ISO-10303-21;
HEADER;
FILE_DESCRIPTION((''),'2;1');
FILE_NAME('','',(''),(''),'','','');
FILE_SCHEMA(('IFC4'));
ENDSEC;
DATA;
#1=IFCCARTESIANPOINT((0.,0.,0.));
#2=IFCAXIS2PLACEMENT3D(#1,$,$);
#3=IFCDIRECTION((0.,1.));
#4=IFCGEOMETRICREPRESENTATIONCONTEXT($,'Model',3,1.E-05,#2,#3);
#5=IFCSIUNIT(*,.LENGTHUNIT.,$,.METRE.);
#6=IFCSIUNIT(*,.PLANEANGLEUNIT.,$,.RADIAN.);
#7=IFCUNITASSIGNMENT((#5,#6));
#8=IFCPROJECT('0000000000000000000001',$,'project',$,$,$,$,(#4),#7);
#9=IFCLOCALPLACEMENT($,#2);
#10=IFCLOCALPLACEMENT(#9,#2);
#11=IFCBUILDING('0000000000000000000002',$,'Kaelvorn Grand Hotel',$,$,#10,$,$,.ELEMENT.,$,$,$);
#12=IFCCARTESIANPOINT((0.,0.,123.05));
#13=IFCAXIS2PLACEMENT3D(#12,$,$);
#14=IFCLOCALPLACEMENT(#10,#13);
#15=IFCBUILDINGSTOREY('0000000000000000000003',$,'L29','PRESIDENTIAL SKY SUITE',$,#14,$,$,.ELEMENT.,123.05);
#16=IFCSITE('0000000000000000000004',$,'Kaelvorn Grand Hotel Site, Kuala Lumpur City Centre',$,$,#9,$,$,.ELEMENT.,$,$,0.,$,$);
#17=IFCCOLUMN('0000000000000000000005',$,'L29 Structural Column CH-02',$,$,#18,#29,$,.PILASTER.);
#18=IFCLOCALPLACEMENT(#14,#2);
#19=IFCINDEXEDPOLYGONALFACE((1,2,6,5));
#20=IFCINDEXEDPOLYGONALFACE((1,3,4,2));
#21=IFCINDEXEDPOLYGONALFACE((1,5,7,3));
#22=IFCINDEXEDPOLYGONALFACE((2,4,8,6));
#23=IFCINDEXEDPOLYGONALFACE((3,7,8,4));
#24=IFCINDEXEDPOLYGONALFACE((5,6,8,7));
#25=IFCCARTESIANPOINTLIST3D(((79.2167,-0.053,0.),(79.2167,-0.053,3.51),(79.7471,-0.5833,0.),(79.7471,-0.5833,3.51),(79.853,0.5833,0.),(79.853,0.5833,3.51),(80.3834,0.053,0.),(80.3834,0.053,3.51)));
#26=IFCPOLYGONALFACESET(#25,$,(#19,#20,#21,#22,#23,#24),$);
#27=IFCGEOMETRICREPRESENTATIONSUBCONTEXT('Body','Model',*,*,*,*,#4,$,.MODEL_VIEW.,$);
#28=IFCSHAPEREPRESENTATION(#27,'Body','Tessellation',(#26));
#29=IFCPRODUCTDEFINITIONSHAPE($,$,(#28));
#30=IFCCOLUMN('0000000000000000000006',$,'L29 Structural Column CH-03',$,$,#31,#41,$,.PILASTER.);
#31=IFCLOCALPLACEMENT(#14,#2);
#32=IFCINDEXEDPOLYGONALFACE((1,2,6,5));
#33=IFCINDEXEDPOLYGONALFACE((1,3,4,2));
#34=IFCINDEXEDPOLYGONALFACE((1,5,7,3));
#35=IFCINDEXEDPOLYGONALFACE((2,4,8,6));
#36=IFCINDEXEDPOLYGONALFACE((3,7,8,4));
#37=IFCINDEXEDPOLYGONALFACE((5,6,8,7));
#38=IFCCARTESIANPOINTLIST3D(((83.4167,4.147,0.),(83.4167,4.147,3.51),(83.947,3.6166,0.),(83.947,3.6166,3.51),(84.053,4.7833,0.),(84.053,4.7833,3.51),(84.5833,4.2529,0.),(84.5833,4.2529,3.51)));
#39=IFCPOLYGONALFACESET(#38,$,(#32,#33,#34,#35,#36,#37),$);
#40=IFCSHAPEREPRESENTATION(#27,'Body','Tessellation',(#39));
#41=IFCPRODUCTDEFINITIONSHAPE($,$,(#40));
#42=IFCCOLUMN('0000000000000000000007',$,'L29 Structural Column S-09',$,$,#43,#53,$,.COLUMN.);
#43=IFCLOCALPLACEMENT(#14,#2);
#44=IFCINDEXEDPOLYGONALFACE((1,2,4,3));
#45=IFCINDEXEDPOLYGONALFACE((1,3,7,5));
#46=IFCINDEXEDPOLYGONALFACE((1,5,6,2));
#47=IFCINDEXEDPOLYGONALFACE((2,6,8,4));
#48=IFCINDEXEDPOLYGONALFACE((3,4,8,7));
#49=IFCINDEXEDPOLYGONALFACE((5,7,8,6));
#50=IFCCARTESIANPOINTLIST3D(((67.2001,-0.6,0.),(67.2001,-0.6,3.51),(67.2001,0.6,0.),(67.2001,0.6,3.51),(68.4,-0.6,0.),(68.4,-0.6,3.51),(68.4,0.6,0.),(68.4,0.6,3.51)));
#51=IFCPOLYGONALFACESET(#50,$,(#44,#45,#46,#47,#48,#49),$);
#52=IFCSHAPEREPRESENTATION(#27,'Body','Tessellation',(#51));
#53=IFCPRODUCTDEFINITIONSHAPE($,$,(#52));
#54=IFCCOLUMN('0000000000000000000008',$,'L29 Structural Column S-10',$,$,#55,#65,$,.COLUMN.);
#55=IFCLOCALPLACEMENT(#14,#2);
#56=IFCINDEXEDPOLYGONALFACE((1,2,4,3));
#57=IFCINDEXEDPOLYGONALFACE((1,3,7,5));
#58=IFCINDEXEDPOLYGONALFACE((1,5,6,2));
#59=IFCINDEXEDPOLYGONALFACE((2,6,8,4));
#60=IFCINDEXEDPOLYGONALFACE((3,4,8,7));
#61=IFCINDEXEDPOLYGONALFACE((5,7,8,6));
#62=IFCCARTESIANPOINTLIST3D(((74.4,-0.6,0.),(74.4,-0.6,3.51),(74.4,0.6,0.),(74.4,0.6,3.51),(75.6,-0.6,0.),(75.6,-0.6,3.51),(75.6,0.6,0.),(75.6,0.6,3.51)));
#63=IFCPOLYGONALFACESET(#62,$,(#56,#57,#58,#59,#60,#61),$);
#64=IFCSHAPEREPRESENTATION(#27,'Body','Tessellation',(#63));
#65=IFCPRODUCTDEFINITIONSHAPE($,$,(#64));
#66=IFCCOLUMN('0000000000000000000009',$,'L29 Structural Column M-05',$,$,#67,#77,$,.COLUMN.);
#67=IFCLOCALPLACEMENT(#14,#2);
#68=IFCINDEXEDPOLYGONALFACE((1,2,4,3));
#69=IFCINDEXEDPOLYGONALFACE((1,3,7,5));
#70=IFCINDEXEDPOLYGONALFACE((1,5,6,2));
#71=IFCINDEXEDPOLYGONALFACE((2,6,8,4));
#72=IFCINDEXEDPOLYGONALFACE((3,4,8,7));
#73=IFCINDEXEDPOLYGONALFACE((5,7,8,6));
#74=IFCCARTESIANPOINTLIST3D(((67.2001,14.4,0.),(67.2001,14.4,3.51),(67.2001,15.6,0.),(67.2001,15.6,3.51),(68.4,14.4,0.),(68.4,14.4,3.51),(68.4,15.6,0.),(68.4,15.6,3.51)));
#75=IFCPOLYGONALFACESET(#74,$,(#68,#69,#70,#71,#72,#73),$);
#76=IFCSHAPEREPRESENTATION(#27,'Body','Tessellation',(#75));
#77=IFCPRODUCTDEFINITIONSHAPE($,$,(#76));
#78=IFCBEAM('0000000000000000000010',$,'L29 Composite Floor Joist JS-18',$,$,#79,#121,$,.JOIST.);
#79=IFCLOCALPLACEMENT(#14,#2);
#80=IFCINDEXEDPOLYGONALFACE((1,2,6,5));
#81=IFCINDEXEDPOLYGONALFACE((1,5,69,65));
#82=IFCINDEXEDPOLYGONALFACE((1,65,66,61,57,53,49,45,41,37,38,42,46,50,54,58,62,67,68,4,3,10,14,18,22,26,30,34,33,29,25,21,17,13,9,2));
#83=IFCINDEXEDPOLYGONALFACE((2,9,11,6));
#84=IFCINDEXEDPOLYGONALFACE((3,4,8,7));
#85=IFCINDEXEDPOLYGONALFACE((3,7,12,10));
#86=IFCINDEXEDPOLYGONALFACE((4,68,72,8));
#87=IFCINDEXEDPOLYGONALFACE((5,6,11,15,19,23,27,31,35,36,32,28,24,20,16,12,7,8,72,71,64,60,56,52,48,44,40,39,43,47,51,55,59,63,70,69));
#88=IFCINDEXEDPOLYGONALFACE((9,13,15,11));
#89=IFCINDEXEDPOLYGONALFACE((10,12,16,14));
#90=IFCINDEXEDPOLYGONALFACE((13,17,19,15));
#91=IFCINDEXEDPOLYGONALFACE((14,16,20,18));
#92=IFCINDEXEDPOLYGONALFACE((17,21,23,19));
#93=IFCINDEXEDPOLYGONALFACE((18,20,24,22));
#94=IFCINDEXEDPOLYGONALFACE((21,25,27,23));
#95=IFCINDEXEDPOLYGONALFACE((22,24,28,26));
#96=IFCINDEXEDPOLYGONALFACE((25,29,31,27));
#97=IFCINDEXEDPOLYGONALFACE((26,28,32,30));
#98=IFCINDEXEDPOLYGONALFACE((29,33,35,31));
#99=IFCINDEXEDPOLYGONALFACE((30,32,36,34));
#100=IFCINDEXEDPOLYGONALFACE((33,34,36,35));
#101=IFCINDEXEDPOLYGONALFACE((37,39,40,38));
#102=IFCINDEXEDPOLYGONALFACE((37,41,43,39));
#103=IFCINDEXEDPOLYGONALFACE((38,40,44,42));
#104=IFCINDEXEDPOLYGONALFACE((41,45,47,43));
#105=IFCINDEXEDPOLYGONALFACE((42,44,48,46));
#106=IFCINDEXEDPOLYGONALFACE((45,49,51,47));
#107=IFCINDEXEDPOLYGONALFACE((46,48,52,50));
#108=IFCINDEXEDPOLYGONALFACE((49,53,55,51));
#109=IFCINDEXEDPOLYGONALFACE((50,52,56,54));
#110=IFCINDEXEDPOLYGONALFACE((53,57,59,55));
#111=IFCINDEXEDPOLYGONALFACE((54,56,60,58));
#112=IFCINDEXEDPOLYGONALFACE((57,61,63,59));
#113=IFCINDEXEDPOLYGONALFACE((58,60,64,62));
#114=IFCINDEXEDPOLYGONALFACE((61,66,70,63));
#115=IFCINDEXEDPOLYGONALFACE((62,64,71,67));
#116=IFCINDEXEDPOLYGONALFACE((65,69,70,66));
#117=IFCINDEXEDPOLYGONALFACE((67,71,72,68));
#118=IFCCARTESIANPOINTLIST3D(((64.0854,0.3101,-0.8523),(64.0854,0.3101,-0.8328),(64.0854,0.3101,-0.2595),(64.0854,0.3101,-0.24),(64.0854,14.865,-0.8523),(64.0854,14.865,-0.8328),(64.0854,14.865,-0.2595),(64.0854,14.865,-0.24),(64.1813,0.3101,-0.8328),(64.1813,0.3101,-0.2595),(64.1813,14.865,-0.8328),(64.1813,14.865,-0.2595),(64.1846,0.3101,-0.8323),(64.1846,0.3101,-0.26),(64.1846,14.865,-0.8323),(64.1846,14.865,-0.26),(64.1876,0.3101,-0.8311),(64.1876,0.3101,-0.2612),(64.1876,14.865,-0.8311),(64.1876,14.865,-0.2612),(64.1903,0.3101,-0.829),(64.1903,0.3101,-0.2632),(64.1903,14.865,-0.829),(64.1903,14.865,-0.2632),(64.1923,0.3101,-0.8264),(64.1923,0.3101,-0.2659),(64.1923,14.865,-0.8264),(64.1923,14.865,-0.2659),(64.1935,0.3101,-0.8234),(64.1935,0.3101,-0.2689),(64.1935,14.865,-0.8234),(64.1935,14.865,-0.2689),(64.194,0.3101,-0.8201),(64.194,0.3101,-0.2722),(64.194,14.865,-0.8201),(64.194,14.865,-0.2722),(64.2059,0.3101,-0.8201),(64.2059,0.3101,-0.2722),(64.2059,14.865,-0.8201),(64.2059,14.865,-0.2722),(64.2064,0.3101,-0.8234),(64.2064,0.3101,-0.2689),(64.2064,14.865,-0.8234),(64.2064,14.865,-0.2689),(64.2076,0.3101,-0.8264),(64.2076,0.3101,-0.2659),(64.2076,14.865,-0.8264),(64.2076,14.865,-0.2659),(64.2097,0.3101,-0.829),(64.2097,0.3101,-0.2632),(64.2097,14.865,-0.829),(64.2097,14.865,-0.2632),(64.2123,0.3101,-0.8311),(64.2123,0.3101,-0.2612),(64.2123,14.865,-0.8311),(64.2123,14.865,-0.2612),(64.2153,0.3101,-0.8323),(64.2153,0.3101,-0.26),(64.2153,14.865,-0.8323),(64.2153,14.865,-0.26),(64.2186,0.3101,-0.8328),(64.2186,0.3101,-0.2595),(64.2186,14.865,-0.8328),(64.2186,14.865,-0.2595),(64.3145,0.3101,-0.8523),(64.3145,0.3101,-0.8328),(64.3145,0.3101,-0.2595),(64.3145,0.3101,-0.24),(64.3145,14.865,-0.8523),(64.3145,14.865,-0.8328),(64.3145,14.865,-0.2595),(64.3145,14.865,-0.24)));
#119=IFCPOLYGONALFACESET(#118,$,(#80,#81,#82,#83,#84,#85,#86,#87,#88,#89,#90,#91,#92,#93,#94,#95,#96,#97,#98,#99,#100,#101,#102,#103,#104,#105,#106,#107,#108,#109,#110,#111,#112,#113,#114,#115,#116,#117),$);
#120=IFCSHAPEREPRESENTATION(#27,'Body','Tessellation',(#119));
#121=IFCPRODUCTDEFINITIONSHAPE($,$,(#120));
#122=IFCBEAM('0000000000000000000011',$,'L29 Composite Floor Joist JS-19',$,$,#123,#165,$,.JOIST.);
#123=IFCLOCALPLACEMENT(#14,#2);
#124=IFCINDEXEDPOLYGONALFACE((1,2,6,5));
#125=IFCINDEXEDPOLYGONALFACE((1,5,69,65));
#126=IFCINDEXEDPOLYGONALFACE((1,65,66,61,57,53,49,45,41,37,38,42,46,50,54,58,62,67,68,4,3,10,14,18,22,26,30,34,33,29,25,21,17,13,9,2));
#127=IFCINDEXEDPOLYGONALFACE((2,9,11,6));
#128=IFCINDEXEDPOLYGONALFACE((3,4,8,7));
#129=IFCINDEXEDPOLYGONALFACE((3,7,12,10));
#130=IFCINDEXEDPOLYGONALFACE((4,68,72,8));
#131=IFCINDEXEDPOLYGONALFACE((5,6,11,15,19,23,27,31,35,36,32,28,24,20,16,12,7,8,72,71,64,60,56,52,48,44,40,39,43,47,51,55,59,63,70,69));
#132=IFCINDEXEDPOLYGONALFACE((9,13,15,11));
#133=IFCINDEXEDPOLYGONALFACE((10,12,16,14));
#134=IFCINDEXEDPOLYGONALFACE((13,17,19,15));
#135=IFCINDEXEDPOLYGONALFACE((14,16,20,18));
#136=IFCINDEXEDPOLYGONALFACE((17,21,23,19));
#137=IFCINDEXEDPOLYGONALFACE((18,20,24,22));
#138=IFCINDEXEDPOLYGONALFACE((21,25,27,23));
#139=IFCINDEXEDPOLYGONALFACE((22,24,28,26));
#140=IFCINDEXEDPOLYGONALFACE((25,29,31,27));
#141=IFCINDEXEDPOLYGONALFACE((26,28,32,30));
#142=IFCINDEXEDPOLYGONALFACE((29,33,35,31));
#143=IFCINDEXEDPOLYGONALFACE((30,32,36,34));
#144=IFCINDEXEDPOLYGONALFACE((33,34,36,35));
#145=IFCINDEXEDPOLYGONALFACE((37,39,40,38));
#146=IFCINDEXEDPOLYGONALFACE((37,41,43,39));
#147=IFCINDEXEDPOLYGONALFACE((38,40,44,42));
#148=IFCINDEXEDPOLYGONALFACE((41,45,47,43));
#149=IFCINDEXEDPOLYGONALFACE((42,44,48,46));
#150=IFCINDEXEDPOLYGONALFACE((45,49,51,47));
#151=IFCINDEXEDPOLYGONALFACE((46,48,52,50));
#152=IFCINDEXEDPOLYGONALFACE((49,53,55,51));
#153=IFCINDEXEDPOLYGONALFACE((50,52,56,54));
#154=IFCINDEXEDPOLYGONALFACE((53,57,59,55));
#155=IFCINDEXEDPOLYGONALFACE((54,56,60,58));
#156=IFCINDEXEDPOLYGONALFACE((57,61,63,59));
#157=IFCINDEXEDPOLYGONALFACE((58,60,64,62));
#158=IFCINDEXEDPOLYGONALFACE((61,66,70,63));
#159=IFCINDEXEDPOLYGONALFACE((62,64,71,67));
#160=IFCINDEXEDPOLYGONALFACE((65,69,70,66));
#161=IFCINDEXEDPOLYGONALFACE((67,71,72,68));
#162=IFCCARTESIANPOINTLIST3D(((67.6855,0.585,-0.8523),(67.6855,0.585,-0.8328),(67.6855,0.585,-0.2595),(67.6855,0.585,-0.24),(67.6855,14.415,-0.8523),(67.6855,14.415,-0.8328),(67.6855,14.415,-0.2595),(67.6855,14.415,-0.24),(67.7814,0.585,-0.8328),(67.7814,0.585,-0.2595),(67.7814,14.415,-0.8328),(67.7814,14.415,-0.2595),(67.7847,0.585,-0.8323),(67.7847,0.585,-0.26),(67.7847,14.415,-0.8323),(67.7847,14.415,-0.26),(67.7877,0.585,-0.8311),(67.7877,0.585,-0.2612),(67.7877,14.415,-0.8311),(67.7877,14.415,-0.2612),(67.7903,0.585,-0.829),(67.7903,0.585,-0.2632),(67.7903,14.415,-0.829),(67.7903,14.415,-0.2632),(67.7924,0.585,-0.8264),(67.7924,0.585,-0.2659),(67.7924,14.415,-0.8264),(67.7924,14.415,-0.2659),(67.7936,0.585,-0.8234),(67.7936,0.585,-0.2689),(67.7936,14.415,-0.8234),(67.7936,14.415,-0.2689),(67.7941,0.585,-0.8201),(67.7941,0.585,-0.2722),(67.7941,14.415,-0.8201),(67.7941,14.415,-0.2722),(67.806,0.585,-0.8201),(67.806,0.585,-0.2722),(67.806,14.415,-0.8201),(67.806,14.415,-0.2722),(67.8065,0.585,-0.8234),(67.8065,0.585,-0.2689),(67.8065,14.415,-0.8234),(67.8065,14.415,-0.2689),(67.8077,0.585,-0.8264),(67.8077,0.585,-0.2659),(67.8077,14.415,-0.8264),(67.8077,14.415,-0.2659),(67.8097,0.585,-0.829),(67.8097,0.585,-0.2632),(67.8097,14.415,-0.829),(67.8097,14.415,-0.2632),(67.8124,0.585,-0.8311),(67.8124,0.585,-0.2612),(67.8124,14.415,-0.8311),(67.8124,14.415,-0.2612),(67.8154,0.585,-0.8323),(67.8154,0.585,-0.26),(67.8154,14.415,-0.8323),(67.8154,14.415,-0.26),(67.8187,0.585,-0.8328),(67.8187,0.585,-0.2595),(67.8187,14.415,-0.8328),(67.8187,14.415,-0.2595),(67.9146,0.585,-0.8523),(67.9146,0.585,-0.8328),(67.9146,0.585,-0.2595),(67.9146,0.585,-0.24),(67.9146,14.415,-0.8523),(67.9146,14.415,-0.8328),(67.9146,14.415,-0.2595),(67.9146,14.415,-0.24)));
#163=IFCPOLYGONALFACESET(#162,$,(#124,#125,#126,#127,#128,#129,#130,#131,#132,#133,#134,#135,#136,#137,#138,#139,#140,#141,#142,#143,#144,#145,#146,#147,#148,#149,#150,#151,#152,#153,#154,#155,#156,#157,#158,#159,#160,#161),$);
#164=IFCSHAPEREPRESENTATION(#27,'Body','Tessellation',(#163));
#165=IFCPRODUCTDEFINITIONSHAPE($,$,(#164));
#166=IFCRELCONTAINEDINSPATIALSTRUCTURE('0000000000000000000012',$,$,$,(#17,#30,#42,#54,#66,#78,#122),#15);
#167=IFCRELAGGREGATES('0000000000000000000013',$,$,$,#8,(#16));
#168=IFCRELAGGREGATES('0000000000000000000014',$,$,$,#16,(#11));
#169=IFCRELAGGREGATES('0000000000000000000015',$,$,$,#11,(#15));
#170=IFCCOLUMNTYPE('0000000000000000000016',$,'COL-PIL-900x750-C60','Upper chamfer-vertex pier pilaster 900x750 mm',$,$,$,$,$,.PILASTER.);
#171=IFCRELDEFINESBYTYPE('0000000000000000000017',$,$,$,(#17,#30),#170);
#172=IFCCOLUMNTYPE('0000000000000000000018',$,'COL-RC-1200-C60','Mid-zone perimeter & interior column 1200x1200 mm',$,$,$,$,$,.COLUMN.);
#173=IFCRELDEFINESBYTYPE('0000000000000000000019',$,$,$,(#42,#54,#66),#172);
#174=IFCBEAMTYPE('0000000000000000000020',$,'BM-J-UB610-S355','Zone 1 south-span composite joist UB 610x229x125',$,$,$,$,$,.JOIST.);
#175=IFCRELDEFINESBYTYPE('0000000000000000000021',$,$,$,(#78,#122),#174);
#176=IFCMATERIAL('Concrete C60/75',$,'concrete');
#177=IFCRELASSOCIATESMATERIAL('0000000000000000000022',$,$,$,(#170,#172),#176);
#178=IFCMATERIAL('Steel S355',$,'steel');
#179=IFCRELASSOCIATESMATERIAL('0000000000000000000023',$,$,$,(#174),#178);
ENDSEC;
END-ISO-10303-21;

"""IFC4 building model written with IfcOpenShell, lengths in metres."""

from ifc_helpers import new_model, si_unit, direction, frame, origin, origin_2d, place, context, subcontext, project, spatial, rectangle, i_section, extrude, material, material_profile, profile_set, type_object, element, save


model = new_model("IFC4")

# Units and contexts
model_context = context("Model", 3, precision=1e-05, world=origin(), true_north=direction((0.0, 1.0)))
body_context = subcontext(model_context, "Body", "Model", "MODEL_VIEW")
ifc_project = project(units=[si_unit("LENGTHUNIT", "METRE"), si_unit("PLANEANGLEUNIT", "RADIAN")], contexts=[model_context])

# Site, building, storey
site_placement = place(None, origin())
site = spatial("IfcSite", under=ifc_project, at=site_placement, Name="Kaelvorn Grand Hotel Site, Kuala Lumpur City Centre", CompositionType="ELEMENT", RefElevation=0.0)
building_placement = place(site_placement, origin())
building = spatial("IfcBuilding", under=site, at=building_placement, Name="Kaelvorn Grand Hotel", CompositionType="ELEMENT")
storey_placement = place(building_placement, frame((0.0, 0.0, 123.05)))
storey = spatial("IfcBuildingStorey", under=building, at=storey_placement, Name="L29", Description="PRESIDENTIAL SKY SUITE", CompositionType="ELEMENT", Elevation=123.05)

# Columns
ifc_material_1 = material(Name="Concrete C60/75", Category="concrete")
ifc_material_profile_1 = material_profile(ifc_material_1, rectangle(XDim=0.8999, YDim=0.75, at=origin_2d()), Name="RC PILASTER 900x750")
ifc_profile_set_1 = profile_set([ifc_material_profile_1], Name="Concrete C60/75")
column_type_1 = type_object("IfcColumnType", Name="COL-PIL-900x750-C60", Description="Upper chamfer-vertex pier pilaster 900x750 mm", PredefinedType="PILASTER", material=ifc_profile_set_1)
for number, where, z_axis, x_axis, name in (
    (1, (79.8, 0.0, 0.0), (0.0, 0.0, 1.0), (0.707107, 0.707107, 0.0), "L29 Structural Column CH-02"),
    (2, (84.0, 4.2, 0.0), (0.0, 0.0, 1.0), (0.707107, 0.707107, 0.0), "L29 Structural Column CH-03"),
):
    element("IfcColumn", number, at=place(storey_placement, frame(where, z_axis=z_axis, x_axis=x_axis)), inside=storey, type_object=column_type_1, Name=name, PredefinedType="PILASTER", context=body_context, shape_type="SweptSolid", body=[
        extrude(rectangle(XDim=0.8999, YDim=0.75, at=origin_2d()), origin(), (0.0, 0.0, 1.0), 3.51),
    ])
ifc_material_profile_2 = material_profile(ifc_material_1, rectangle(XDim=1.2, YDim=1.2, at=origin_2d()), Name="RC COL 1200x1200")
ifc_profile_set_2 = profile_set([ifc_material_profile_2], Name="Concrete C60/75")
column_type_2 = type_object("IfcColumnType", Name="COL-RC-1200-C60", Description="Mid-zone perimeter & interior column 1200x1200 mm", PredefinedType="COLUMN", material=ifc_profile_set_2)
for number, where, z_axis, x_axis, name in (
    (3, (67.8, 0.0, 0.0), (0.0, 0.0, 1.0), (1.0, 0.0, 0.0), "L29 Structural Column S-09"),
    (4, (75.0, 0.0, 0.0), (0.0, 0.0, 1.0), (1.0, 0.0, 0.0), "L29 Structural Column S-10"),
    (5, (67.8, 15.0, 0.0), (0.0, 0.0, 1.0), (1.0, 0.0, 0.0), "L29 Structural Column M-05"),
):
    element("IfcColumn", number, at=place(storey_placement, frame(where, z_axis=z_axis, x_axis=x_axis)), inside=storey, type_object=column_type_2, Name=name, PredefinedType="COLUMN", context=body_context, shape_type="SweptSolid", body=[
        extrude(rectangle(XDim=1.2, YDim=1.2, at=origin_2d()), origin(), (0.0, 0.0, 1.0), 3.51),
    ])

# Beams
ifc_material_2 = material(Name="Steel S355", Category="steel")
ifc_material_profile_3 = material_profile(ifc_material_2, i_section(OverallWidth=0.229, OverallDepth=0.6123, WebThickness=0.012, FlangeThickness=0.0195, FilletRadius=0.0127, at=origin_2d()), Name="UB 610x229x125")
ifc_profile_set_3 = profile_set([ifc_material_profile_3], Name="Steel S355")
beam_type_1 = type_object("IfcBeamType", Name="BM-J-UB610-S355", Description="Zone 1 south-span composite joist UB 610x229x125", PredefinedType="JOIST", material=ifc_profile_set_3)
beam_1_placement = place(storey_placement, frame((64.2, 0.3101, -0.5461), z_axis=(0.0, 1.0, 0.0), x_axis=(-1.0, 0.0, 0.0)))
element("IfcBeam", 6, at=beam_1_placement, inside=storey, type_object=beam_type_1, Name="L29 Composite Floor Joist JS-18", PredefinedType="JOIST", context=body_context, shape_type="SweptSolid", body=[
    extrude(i_section(OverallWidth=0.229, OverallDepth=0.6123, WebThickness=0.012, FlangeThickness=0.0195, FilletRadius=0.0127, at=origin_2d()), origin(), (0.0, 0.0, 1.0), 14.5549),
])
beam_2_placement = place(storey_placement, frame((67.8, 0.585, -0.5461), z_axis=(0.0, 1.0, 0.0), x_axis=(-1.0, 0.0, 0.0)))
element("IfcBeam", 7, at=beam_2_placement, inside=storey, type_object=beam_type_1, Name="L29 Composite Floor Joist JS-19", PredefinedType="JOIST", context=body_context, shape_type="SweptSolid", body=[
    extrude(i_section(OverallWidth=0.229, OverallDepth=0.6123, WebThickness=0.012, FlangeThickness=0.0195, FilletRadius=0.0127, at=origin_2d()), origin(), (0.0, 0.0, 1.0), 13.8301),
])

save(model, "model.ifc")
